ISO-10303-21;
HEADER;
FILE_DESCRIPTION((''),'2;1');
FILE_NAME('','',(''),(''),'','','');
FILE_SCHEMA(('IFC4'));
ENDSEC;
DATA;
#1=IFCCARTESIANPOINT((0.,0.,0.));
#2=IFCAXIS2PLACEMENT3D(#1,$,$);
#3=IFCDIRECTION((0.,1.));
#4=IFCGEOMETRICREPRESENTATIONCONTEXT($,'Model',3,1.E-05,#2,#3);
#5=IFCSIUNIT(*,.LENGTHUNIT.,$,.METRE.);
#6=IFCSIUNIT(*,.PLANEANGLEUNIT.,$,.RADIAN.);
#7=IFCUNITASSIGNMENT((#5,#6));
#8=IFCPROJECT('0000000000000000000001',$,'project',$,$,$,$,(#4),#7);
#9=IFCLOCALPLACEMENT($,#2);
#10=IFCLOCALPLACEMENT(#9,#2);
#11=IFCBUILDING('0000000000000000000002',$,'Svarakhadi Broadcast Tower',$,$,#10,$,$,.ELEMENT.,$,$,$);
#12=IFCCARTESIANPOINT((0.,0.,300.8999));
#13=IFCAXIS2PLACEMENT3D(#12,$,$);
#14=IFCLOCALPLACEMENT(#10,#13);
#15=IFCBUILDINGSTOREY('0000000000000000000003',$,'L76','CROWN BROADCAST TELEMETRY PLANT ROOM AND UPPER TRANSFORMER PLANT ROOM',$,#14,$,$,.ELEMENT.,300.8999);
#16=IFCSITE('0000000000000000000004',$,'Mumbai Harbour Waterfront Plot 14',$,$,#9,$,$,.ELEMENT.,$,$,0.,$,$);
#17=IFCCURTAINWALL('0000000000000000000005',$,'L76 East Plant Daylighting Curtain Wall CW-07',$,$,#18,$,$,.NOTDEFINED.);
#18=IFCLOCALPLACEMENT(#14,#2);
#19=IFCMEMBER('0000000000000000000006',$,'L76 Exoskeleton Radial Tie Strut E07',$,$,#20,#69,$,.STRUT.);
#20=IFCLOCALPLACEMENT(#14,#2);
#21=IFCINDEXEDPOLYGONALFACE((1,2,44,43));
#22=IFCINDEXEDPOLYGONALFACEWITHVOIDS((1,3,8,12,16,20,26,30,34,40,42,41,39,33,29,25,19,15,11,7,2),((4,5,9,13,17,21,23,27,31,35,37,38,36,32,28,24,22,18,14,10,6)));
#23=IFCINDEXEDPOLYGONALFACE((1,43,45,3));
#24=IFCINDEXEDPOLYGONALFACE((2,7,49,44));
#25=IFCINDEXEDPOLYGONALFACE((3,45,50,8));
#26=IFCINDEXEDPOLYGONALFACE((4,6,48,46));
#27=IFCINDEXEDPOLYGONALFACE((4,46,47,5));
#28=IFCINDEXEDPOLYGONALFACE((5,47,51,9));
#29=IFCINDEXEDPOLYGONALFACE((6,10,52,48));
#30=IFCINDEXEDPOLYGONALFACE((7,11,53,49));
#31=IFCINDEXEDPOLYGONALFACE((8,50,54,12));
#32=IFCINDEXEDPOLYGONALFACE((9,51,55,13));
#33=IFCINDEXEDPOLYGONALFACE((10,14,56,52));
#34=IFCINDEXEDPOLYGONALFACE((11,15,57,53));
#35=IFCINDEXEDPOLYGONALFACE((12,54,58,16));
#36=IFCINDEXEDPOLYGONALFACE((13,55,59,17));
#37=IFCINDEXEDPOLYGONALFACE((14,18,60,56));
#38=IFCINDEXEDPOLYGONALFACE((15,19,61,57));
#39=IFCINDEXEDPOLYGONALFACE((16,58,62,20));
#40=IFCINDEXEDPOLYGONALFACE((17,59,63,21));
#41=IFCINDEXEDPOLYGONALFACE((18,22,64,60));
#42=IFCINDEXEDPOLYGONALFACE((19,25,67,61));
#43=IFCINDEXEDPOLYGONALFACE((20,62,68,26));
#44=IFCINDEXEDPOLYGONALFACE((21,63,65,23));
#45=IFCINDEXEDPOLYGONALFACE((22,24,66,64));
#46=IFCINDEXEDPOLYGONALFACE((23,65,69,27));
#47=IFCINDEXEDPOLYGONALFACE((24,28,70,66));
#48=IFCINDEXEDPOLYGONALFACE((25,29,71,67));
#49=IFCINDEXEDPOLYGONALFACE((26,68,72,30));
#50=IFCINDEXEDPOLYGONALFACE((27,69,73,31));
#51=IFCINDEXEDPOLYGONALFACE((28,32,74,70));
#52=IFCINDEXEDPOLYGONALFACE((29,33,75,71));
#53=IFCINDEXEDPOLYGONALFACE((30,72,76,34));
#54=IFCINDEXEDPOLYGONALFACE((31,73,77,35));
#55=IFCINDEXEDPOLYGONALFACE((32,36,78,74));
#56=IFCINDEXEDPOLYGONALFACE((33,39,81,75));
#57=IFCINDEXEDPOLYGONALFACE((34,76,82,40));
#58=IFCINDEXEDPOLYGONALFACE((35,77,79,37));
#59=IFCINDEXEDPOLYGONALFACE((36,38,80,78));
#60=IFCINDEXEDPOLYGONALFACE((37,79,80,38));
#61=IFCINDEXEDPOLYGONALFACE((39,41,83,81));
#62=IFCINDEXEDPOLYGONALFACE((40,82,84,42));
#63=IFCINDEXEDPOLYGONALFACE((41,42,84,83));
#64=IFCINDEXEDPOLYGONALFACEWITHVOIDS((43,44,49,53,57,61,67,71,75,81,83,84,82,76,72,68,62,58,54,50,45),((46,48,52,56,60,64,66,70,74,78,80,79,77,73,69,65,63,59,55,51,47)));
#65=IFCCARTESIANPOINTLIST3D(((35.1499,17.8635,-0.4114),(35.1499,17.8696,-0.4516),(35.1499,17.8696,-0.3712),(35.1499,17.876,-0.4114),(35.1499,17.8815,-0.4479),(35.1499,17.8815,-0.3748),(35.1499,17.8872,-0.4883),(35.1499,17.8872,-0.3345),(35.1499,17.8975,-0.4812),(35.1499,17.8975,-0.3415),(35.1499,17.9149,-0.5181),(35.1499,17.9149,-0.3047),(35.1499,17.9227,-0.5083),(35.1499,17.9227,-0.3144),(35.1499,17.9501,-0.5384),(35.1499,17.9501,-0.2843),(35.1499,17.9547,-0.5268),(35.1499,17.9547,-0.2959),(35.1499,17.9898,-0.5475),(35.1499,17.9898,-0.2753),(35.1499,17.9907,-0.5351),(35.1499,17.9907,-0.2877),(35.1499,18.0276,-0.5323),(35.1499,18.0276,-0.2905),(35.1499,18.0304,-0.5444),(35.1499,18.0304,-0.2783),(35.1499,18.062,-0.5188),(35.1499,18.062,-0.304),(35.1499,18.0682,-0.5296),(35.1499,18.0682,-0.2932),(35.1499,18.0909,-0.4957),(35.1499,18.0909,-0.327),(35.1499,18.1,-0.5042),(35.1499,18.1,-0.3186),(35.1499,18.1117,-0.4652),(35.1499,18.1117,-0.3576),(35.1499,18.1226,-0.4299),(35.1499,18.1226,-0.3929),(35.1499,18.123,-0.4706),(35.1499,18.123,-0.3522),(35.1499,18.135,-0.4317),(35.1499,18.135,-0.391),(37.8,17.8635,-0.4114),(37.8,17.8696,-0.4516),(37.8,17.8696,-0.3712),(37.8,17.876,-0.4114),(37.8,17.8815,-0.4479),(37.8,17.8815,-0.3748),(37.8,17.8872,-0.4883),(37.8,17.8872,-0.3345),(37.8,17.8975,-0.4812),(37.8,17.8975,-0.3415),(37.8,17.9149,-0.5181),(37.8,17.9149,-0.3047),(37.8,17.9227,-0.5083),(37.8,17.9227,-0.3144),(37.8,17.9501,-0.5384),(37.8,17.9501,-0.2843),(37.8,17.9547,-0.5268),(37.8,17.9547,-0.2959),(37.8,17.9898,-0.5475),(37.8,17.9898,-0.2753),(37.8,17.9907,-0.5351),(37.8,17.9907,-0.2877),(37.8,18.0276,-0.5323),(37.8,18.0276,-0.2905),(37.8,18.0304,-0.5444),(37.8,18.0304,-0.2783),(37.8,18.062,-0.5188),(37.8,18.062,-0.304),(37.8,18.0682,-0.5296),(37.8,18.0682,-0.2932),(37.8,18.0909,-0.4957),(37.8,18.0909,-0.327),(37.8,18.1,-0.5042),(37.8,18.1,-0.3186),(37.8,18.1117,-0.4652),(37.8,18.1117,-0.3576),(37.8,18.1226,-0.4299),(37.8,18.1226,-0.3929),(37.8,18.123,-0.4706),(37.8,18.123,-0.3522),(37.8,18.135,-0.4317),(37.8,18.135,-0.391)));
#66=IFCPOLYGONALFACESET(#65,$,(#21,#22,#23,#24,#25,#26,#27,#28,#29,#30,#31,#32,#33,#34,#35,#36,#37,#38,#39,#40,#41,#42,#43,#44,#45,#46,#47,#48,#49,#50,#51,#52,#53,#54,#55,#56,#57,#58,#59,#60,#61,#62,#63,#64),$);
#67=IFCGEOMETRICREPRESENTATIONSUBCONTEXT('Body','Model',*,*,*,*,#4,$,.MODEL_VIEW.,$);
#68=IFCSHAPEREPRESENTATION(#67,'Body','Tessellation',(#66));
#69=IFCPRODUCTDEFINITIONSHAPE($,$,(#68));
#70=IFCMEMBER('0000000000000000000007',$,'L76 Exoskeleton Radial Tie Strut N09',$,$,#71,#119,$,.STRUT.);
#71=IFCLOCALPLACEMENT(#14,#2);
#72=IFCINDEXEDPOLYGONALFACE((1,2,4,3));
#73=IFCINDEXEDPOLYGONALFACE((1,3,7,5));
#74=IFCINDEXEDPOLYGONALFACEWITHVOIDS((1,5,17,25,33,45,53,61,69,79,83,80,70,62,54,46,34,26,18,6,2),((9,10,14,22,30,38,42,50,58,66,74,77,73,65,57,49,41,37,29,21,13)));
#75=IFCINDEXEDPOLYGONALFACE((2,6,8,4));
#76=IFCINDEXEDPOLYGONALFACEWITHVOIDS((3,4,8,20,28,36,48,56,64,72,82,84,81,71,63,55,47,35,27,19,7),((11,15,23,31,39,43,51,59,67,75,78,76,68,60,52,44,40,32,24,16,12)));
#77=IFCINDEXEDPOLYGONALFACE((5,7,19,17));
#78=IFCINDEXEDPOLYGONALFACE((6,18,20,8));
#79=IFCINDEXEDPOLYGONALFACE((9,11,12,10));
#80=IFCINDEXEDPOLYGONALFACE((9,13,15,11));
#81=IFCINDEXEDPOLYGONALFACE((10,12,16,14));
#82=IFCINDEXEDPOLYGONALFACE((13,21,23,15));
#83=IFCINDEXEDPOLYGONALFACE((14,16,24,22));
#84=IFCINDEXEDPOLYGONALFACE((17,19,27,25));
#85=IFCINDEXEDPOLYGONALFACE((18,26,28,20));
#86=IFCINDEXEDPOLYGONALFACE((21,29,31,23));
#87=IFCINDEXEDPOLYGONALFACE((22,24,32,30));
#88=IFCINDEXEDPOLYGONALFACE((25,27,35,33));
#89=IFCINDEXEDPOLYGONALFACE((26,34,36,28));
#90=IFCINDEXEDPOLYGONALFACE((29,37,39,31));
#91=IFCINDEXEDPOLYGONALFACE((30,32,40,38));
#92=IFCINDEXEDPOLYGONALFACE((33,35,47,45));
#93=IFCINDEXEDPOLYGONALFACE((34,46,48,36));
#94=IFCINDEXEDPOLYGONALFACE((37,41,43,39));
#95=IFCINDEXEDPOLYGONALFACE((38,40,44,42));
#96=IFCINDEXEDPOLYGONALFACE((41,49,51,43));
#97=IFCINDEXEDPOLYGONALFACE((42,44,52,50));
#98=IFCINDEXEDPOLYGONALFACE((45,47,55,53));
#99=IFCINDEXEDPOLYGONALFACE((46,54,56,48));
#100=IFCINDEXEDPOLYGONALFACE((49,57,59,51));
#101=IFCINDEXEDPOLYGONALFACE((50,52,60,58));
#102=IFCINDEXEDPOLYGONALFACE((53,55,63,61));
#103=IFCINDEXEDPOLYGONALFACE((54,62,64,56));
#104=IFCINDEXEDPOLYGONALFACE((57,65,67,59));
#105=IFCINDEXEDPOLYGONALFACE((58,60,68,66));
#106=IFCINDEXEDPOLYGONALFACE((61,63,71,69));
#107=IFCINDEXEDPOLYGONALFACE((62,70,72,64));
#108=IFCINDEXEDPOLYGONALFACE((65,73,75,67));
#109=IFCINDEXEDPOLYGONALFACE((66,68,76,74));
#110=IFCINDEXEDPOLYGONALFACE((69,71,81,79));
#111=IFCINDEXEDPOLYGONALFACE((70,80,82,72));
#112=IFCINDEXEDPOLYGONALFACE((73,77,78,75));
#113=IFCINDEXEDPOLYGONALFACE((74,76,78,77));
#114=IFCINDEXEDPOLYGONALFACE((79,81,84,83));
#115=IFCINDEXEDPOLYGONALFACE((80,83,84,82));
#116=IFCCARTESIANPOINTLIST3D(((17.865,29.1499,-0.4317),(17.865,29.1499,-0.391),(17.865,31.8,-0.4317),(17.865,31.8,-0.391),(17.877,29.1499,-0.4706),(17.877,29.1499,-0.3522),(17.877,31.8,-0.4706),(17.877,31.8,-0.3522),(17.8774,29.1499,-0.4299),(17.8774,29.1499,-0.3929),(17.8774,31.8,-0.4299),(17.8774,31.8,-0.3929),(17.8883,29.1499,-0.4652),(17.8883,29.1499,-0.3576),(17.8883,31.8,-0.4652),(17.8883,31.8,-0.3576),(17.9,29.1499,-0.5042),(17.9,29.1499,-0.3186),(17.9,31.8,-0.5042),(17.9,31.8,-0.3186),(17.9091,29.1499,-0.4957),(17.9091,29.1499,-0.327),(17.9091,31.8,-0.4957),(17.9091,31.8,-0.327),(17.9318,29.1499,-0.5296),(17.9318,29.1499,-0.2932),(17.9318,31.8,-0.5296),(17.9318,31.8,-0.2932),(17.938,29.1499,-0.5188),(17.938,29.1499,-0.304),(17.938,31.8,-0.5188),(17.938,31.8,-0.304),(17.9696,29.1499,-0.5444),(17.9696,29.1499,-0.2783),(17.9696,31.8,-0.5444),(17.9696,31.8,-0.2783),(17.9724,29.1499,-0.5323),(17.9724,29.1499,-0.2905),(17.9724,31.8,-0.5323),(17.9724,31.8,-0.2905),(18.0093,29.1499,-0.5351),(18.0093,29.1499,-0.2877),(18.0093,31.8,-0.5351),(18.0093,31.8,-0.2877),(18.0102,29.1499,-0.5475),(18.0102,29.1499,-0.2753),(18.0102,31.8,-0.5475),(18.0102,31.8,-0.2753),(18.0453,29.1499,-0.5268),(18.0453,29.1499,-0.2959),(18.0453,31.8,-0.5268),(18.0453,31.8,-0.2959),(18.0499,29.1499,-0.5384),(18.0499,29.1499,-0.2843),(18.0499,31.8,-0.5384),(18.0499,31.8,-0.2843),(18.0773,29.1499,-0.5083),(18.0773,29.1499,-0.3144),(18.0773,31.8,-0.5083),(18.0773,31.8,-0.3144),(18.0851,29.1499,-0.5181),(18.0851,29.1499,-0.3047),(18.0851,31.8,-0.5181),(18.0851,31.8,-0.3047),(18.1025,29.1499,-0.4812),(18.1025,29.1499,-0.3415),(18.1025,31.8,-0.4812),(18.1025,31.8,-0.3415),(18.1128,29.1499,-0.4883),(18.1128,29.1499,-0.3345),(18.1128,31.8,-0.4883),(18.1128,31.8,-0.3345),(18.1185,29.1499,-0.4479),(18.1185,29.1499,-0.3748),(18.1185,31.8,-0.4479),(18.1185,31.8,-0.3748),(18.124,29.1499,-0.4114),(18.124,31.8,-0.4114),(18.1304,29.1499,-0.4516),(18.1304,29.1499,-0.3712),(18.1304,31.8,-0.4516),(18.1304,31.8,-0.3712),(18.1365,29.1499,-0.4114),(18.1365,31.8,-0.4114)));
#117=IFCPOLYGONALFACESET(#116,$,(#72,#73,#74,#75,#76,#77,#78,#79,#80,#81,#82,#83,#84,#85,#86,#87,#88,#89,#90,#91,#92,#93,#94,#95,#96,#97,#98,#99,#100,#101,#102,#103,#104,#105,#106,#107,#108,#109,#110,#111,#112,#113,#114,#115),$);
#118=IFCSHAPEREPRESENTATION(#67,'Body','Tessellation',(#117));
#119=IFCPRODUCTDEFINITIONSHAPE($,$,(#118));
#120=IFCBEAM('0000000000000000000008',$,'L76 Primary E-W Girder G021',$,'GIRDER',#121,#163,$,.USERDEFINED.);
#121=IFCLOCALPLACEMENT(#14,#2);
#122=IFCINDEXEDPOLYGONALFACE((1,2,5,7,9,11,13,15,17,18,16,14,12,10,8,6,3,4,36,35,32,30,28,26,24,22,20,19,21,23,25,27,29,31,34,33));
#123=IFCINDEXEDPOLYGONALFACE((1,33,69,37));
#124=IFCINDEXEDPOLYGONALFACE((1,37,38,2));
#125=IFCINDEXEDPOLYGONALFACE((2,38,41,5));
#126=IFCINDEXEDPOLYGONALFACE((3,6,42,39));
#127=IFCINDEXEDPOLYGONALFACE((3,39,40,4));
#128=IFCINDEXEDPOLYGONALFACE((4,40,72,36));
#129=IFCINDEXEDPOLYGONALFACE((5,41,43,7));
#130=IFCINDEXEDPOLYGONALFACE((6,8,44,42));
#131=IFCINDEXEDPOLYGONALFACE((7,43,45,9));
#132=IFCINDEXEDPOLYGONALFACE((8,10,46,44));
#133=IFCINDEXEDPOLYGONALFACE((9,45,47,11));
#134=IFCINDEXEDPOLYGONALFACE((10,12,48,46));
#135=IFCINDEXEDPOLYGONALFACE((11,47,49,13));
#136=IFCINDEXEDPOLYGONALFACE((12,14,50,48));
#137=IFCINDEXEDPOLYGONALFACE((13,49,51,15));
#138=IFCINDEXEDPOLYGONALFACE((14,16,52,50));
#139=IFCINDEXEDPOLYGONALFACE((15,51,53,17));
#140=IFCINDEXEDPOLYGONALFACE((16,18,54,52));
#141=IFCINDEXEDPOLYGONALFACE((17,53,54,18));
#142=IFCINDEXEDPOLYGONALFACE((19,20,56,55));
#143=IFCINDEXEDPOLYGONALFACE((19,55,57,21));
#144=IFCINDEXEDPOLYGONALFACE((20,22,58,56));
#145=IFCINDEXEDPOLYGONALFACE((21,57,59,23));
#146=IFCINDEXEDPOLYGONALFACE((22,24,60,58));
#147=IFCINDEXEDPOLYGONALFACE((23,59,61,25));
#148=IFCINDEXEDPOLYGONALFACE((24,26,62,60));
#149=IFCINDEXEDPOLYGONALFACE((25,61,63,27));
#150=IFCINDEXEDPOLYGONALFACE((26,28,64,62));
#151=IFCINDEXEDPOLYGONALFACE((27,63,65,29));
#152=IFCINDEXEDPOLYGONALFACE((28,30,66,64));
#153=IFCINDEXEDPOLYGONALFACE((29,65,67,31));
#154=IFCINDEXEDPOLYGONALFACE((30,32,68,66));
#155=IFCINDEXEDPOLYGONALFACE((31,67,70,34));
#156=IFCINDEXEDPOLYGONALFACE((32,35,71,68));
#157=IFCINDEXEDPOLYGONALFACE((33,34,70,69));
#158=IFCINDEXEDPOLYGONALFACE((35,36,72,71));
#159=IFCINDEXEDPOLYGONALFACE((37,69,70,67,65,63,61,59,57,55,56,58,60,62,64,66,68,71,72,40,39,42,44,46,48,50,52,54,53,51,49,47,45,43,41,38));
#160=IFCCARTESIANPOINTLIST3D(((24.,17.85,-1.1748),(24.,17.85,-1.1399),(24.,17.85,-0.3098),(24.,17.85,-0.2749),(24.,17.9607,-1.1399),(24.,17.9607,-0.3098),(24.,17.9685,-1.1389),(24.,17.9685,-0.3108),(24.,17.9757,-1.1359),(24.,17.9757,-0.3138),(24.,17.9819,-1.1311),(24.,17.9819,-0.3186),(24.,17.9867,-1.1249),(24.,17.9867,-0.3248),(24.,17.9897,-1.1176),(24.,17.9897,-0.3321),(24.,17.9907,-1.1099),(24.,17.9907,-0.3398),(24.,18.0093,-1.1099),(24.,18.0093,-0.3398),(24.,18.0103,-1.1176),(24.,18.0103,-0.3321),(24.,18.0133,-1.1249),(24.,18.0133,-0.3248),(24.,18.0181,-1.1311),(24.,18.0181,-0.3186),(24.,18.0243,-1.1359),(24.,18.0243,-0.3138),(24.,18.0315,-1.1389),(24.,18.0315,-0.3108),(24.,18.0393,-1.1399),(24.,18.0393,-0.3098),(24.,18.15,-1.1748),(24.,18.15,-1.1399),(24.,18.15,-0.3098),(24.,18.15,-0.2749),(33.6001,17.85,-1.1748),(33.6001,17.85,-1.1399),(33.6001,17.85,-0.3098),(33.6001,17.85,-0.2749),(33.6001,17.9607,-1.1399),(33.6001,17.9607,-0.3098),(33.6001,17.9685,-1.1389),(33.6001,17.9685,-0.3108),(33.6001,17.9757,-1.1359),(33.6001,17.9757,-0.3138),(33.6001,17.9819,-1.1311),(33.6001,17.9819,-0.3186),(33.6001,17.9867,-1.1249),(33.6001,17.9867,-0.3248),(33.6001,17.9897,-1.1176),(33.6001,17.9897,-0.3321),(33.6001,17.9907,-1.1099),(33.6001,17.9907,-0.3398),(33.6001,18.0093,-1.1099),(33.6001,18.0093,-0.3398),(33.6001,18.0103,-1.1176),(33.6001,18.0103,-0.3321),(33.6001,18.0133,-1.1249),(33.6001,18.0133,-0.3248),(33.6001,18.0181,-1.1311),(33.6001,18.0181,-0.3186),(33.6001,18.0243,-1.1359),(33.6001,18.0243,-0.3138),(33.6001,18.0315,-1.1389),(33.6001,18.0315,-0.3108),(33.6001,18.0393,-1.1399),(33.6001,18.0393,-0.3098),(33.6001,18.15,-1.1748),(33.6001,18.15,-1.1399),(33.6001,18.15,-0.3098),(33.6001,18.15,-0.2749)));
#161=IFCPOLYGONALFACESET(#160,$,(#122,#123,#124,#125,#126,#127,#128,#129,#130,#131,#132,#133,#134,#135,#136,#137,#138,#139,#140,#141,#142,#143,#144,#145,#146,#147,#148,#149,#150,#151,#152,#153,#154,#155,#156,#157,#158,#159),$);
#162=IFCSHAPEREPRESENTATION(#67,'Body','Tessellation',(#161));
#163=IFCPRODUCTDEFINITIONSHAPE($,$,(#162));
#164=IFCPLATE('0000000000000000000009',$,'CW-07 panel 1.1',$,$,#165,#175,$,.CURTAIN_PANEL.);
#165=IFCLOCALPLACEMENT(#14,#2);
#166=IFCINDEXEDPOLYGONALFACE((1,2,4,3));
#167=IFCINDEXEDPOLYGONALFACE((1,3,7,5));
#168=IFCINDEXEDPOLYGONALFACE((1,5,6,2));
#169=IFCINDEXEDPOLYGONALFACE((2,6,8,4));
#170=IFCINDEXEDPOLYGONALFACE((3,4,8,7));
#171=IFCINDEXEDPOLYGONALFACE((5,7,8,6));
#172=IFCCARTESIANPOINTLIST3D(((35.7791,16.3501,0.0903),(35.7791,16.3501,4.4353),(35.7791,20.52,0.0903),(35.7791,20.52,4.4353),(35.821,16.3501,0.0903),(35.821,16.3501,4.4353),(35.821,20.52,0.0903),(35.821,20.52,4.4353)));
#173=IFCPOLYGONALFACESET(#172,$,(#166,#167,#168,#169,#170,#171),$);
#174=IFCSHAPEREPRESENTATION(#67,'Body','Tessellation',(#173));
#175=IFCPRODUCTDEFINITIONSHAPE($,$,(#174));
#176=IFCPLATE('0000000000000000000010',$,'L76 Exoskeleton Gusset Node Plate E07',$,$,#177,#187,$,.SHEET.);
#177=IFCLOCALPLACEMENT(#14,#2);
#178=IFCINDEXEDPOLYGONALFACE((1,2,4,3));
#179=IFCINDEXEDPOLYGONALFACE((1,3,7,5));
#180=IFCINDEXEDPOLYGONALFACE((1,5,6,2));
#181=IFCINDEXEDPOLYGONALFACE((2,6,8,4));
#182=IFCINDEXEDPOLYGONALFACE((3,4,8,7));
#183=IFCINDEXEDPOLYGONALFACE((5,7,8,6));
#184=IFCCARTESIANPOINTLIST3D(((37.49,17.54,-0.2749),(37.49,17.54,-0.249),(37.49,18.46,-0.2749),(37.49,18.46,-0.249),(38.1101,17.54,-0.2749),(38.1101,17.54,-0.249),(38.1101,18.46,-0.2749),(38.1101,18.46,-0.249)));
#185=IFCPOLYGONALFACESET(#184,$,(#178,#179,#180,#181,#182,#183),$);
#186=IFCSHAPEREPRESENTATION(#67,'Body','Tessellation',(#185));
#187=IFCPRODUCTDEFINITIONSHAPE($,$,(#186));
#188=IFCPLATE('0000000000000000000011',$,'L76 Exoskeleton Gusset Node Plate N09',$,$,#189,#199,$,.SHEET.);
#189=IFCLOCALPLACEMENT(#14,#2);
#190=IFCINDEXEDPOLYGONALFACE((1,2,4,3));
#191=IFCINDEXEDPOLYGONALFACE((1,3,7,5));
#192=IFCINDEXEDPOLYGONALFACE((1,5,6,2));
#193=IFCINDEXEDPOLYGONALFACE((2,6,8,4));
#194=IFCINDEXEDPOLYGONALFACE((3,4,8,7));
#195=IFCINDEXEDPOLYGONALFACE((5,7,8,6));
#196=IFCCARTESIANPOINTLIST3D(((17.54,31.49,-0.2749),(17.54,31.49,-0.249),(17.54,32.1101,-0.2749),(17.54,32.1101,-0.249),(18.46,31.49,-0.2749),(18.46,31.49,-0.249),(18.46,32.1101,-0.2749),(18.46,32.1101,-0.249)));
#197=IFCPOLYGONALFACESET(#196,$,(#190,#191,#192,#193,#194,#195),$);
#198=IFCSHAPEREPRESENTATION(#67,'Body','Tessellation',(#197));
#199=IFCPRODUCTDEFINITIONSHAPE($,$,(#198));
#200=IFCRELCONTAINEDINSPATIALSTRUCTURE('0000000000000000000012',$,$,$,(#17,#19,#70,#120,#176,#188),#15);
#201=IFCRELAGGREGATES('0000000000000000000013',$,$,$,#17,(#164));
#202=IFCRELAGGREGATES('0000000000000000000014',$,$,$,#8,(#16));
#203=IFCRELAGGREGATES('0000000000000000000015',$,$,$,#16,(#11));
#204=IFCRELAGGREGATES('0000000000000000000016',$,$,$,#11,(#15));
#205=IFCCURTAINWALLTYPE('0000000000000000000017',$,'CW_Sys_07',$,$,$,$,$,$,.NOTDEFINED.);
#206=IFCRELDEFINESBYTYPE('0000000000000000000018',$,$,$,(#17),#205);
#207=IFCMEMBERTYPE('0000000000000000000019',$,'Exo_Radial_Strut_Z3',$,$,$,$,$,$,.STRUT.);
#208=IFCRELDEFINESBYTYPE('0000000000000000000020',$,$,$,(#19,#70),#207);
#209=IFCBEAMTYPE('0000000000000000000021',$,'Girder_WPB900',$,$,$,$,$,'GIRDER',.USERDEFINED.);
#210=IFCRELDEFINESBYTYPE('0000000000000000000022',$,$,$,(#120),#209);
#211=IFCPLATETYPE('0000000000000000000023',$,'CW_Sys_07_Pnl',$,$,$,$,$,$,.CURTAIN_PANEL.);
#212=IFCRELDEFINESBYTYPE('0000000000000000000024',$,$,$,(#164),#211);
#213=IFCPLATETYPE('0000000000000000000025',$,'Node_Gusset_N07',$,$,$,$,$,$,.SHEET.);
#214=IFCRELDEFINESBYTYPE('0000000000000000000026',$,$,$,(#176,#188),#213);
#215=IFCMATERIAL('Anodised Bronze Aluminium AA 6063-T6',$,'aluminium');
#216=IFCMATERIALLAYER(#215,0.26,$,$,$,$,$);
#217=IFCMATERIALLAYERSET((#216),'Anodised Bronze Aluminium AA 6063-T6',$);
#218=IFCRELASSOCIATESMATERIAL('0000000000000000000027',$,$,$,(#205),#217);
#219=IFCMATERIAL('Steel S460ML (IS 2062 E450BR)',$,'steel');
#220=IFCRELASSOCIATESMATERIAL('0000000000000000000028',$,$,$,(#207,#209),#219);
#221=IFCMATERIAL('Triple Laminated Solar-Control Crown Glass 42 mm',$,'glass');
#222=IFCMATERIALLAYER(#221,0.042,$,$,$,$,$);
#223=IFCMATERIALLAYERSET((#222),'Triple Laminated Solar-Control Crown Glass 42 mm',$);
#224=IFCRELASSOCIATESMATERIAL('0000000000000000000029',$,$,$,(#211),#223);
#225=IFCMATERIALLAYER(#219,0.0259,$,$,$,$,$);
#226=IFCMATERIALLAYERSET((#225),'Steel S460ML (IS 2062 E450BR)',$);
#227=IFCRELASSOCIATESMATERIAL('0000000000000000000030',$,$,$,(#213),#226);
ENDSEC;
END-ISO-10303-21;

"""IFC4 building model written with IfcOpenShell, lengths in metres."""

from ifc_helpers import new_model, si_unit, direction, frame, origin, origin_2d, place, context, subcontext, project, spatial, rectangle, hollow_circle, i_section, extrude, material, layer, layer_set, material_profile, profile_set, type_object, element, aggregate, save


model = new_model("IFC4")

# Units and contexts
model_context = context("Model", 3, precision=1e-05, world=origin(), true_north=direction((0.0, 1.0)))
body_context = subcontext(model_context, "Body", "Model", "MODEL_VIEW")
ifc_project = project(units=[si_unit("LENGTHUNIT", "METRE"), si_unit("PLANEANGLEUNIT", "RADIAN")], contexts=[model_context])

# Site, building, storey
site_placement = place(None, origin())
site = spatial("IfcSite", under=ifc_project, at=site_placement, Name="Mumbai Harbour Waterfront Plot 14", CompositionType="ELEMENT", RefElevation=0.0)
building_placement = place(site_placement, origin())
building = spatial("IfcBuilding", under=site, at=building_placement, Name="Svarakhadi Broadcast Tower", CompositionType="ELEMENT")
storey_placement = place(building_placement, frame((0.0, 0.0, 300.8999)))
storey = spatial("IfcBuildingStorey", under=building, at=storey_placement, Name="L76", Description="CROWN BROADCAST TELEMETRY PLANT ROOM AND UPPER TRANSFORMER PLANT ROOM", CompositionType="ELEMENT", Elevation=300.8999)

# Shared definitions
ifc_material_1 = material(Name="Steel S460ML (IS 2062 E450BR)", Category="steel")

# Curtain wall
ifc_material_2 = material(Name="Anodised Bronze Aluminium AA 6063-T6", Category="aluminium")
ifc_layer_1 = layer(ifc_material_2, 0.26)
ifc_layer_set_1 = layer_set([ifc_layer_1], Name="Anodised Bronze Aluminium AA 6063-T6")
curtain_wall_type = type_object("IfcCurtainWallType", Name="CW_Sys_07", PredefinedType="NOTDEFINED", material=ifc_layer_set_1)
curtain_wall_placement = place(storey_placement, origin())
curtain_wall = element("IfcCurtainWall", 1, at=curtain_wall_placement, inside=storey, type_object=curtain_wall_type, Name="L76 East Plant Daylighting Curtain Wall CW-07", PredefinedType="NOTDEFINED")

# Members
ifc_material_profile_1 = material_profile(ifc_material_1, hollow_circle(Radius=0.1365, WallThickness=0.0125, at=origin_2d()), Name="CHS 273x12.5")
ifc_profile_set_1 = profile_set([ifc_material_profile_1], Name="Steel S460ML (IS 2062 E450BR)")
member_type_1 = type_object("IfcMemberType", Name="Exo_Radial_Strut_Z3", PredefinedType="STRUT", material=ifc_profile_set_1)
for number, where, z_axis, x_axis, name in (
    (2, (37.8, 18.0, -0.4114), (-1.0, 0.0, 0.0), (0.0, -1.0, 0.0), "L76 Exoskeleton Radial Tie Strut E07"),
    (3, (18.0, 31.8, -0.4114), (0.0, -1.0, 0.0), (1.0, 0.0, 0.0), "L76 Exoskeleton Radial Tie Strut N09"),
):
    element("IfcMember", number, at=place(storey_placement, frame(where, z_axis=z_axis, x_axis=x_axis)), inside=storey, type_object=member_type_1, Name=name, PredefinedType="STRUT", context=body_context, shape_type="SweptSolid", body=[
        extrude(hollow_circle(Radius=0.1365, WallThickness=0.0125, at=origin_2d()), origin(), (0.0, 0.0, 1.0), 2.6501),
    ])

# Beam
ifc_material_profile_2 = material_profile(ifc_material_1, i_section(OverallWidth=0.3, OverallDepth=0.8999, WebThickness=0.0186, FlangeThickness=0.0349, FilletRadius=0.03, at=origin_2d()), Name="WPB 900x300x291")
ifc_profile_set_2 = profile_set([ifc_material_profile_2], Name="Steel S460ML (IS 2062 E450BR)")
beam_type = type_object("IfcBeamType", Name="Girder_WPB900", ElementType="GIRDER", PredefinedType="USERDEFINED", material=ifc_profile_set_2)
beam_placement = place(storey_placement, frame((24.0, 18.0, -0.7249), z_axis=(1.0, 0.0, 0.0), x_axis=(0.0, 1.0, 0.0)))
element("IfcBeam", 4, at=beam_placement, inside=storey, type_object=beam_type, Name="L76 Primary E-W Girder G021", ObjectType="GIRDER", PredefinedType="USERDEFINED", context=body_context, shape_type="SweptSolid", body=[
    extrude(i_section(OverallWidth=0.3, OverallDepth=0.8999, WebThickness=0.0186, FlangeThickness=0.0349, FilletRadius=0.03, at=origin_2d()), origin(), (0.0, 0.0, 1.0), 9.6001),
])

# Plate
ifc_material_3 = material(Name="Triple Laminated Solar-Control Crown Glass 42 mm", Category="glass")
ifc_layer_2 = layer(ifc_material_3, 0.042)
ifc_layer_set_2 = layer_set([ifc_layer_2], Name="Triple Laminated Solar-Control Crown Glass 42 mm")
plate_type_1 = type_object("IfcPlateType", Name="CW_Sys_07_Pnl", PredefinedType="CURTAIN_PANEL", material=ifc_layer_set_2)
plate_placement = place(storey_placement, frame((35.8, 18.4351, 0.0903), z_axis=(0.0, 0.0, 1.0), x_axis=(0.0, -1.0, 0.0)))
plate = element("IfcPlate", 5, at=plate_placement, type_object=plate_type_1, Name="CW-07 panel 1.1", PredefinedType="CURTAIN_PANEL", context=body_context, shape_type="SweptSolid", body=[
    extrude(rectangle(XDim=4.1699, YDim=0.042, at=origin_2d()), origin(), (0.0, 0.0, 1.0), 4.345),
])
aggregate(curtain_wall, [plate])

# Plates
ifc_layer_3 = layer(ifc_material_1, 0.0259)
ifc_layer_set_3 = layer_set([ifc_layer_3], Name="Steel S460ML (IS 2062 E450BR)")
plate_type_2 = type_object("IfcPlateType", Name="Node_Gusset_N07", PredefinedType="SHEET", material=ifc_layer_set_3)
for number, where, z_axis, x_axis, name in (
    (6, (37.8, 18.0, -0.2749), (0.0, 0.0, 1.0), (0.0, 1.0, 0.0), "L76 Exoskeleton Gusset Node Plate E07"),
    (7, (18.0, 31.8, -0.2749), (0.0, 0.0, 1.0), (1.0, 0.0, 0.0), "L76 Exoskeleton Gusset Node Plate N09"),
):
    element("IfcPlate", number, at=place(storey_placement, frame(where, z_axis=z_axis, x_axis=x_axis)), inside=storey, type_object=plate_type_2, Name=name, PredefinedType="SHEET", context=body_context, shape_type="SweptSolid", body=[
        extrude(rectangle(XDim=0.9199, YDim=0.6201, at=origin_2d()), origin(), (0.0, 0.0, 1.0), 0.0259),
    ])

save(model, "model.ifc")
